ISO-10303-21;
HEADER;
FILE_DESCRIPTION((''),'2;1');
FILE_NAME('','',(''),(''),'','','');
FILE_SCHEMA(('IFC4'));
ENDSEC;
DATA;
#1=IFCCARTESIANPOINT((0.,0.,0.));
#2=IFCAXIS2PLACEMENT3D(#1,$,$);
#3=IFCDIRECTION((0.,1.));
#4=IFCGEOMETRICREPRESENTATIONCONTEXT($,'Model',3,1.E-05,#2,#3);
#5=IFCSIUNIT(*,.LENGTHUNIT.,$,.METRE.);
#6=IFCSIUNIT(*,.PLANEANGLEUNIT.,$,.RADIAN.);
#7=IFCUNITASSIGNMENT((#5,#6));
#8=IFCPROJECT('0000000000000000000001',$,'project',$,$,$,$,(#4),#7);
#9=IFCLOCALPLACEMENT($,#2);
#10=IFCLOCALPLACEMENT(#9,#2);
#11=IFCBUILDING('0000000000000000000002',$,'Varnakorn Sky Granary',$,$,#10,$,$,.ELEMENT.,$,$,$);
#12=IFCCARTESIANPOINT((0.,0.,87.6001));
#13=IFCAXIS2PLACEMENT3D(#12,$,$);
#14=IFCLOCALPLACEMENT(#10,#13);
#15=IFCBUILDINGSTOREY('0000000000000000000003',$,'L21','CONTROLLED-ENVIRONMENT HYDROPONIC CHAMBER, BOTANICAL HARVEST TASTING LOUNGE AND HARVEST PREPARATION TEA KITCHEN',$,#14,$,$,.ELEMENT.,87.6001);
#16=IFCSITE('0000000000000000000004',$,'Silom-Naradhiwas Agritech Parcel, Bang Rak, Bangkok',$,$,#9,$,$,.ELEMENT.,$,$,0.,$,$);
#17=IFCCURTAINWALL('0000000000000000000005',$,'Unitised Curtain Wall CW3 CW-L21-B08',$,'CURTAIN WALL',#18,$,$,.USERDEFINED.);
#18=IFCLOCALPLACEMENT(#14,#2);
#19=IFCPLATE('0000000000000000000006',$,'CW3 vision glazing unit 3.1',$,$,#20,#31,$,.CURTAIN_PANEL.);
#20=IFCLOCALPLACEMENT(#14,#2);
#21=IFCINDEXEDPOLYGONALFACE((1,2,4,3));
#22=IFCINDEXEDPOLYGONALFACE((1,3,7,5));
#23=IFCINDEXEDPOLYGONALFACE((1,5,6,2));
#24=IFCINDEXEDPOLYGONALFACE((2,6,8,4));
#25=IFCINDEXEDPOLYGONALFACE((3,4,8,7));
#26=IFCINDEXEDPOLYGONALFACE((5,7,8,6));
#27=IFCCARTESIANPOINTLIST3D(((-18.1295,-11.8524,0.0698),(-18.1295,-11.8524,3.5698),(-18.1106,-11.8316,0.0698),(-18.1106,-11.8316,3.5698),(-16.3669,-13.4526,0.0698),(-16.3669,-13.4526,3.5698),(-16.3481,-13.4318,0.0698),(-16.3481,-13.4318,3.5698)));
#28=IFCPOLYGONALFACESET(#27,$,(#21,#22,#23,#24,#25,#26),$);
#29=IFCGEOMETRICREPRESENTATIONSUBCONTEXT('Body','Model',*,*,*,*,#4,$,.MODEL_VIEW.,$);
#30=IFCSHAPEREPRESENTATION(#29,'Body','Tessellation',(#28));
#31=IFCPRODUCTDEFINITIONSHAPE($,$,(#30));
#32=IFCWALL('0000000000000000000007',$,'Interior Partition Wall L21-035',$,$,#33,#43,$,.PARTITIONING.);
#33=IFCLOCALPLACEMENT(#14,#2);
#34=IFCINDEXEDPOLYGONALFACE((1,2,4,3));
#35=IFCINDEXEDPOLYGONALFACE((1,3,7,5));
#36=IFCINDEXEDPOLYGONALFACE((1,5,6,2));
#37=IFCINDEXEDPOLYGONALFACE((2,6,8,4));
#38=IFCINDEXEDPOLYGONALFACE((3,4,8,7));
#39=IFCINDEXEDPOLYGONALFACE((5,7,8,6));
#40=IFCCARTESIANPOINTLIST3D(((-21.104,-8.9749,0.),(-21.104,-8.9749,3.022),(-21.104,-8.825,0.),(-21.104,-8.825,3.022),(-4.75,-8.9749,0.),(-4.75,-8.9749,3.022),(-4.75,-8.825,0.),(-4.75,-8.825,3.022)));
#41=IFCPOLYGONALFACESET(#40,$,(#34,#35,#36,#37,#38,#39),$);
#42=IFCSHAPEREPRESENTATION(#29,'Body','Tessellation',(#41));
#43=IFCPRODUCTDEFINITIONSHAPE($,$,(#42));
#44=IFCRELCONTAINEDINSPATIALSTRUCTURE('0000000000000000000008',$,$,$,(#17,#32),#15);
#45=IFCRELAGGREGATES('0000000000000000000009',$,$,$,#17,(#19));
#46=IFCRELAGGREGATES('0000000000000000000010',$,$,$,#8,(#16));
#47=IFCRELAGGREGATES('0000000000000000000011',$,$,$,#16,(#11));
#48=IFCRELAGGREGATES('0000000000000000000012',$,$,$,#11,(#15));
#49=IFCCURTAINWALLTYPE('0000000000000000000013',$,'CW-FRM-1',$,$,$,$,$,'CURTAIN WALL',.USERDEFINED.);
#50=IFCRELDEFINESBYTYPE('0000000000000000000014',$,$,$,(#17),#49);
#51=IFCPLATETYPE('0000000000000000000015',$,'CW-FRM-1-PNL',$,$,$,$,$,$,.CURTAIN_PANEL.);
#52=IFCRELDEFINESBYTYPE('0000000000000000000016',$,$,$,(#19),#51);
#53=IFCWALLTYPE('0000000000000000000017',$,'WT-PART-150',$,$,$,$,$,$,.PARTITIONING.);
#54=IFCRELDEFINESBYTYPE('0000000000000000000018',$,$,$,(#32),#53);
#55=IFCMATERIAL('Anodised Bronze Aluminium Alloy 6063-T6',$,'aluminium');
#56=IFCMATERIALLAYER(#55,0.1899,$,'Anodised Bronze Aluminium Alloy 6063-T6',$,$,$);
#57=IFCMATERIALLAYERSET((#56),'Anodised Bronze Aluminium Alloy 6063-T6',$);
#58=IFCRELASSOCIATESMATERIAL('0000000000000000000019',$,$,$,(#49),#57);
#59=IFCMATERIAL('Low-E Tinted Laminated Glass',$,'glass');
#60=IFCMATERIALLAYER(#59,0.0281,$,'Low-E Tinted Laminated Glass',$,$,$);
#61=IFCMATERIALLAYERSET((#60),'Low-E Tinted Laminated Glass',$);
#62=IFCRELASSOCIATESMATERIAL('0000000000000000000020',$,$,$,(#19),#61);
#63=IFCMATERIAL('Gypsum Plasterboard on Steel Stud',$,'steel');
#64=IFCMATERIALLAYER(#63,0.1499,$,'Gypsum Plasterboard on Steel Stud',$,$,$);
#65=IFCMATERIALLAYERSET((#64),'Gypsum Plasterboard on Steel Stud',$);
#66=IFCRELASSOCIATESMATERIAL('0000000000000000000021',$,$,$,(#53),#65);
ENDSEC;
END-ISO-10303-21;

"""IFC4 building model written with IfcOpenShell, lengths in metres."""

from ifc_helpers import new_model, si_unit, direction, frame, frame_2d, origin, origin_2d, place, context, subcontext, project, spatial, rectangle, extrude, source, transform, mapped, material, layer, layer_set, type_object, element, aggregate, save


model = new_model("IFC4")

# Units and contexts
model_context = context("Model", 3, precision=1e-05, world=origin(), true_north=direction((0.0, 1.0)))
body_context = subcontext(model_context, "Body", "Model", "MODEL_VIEW")
ifc_project = project(units=[si_unit("LENGTHUNIT", "METRE"), si_unit("PLANEANGLEUNIT", "RADIAN")], contexts=[model_context])

# Site, building, storey
site_placement = place(None, origin())
site = spatial("IfcSite", under=ifc_project, at=site_placement, Name="Silom-Naradhiwas Agritech Parcel, Bang Rak, Bangkok", CompositionType="ELEMENT", RefElevation=0.0)
building_placement = place(site_placement, origin())
building = spatial("IfcBuilding", under=site, at=building_placement, Name="Varnakorn Sky Granary", CompositionType="ELEMENT")
storey_placement = place(building_placement, frame((0.0, 0.0, 87.6001)))
storey = spatial("IfcBuildingStorey", under=building, at=storey_placement, Name="L21", Description="CONTROLLED-ENVIRONMENT HYDROPONIC CHAMBER, BOTANICAL HARVEST TASTING LOUNGE AND HARVEST PREPARATION TEA KITCHEN", CompositionType="ELEMENT", Elevation=87.6001)

# Curtain wall
ifc_material_1 = material(Name="Anodised Bronze Aluminium Alloy 6063-T6", Category="aluminium")
ifc_layer_1 = layer(ifc_material_1, 0.1899, Name="Anodised Bronze Aluminium Alloy 6063-T6")
ifc_layer_set_1 = layer_set([ifc_layer_1], Name="Anodised Bronze Aluminium Alloy 6063-T6")
curtain_wall_type = type_object("IfcCurtainWallType", Name="CW-FRM-1", ElementType="CURTAIN WALL", PredefinedType="USERDEFINED", material=ifc_layer_set_1)
curtain_wall_1_placement = place(storey_placement, origin())
curtain_wall_1 = element("IfcCurtainWall", 1, at=curtain_wall_1_placement, inside=storey, type_object=curtain_wall_type, Name="Unitised Curtain Wall CW3 CW-L21-B08", ObjectType="CURTAIN WALL", PredefinedType="USERDEFINED")

# Plate
ifc_material_2 = material(Name="Low-E Tinted Laminated Glass", Category="glass")
ifc_layer_2 = layer(ifc_material_2, 0.0281, Name="Low-E Tinted Laminated Glass")
ifc_layer_set_2 = layer_set([ifc_layer_2], Name="Low-E Tinted Laminated Glass")
plate_type = type_object("IfcPlateType", Name="CW-FRM-1-PNL", PredefinedType="CURTAIN_PANEL")
shared_shape_1 = source(origin(), body_context, "Body", "SweptSolid", [
    extrude(rectangle(XDim=2.3806, YDim=0.0281, at=origin_2d()), origin(), (0.0, 0.0, 1.0), 3.5),
])
plate_1_placement = place(storey_placement, frame((-17.2388, -12.6421, 0.0698), z_axis=(0.0, 0.0, 1.0), x_axis=(-0.740378, 0.67219, 0.0)))
plate_1 = element("IfcPlate", 2, at=plate_1_placement, type_object=plate_type, material=ifc_layer_set_2, Name="CW3 vision glazing unit 3.1", PredefinedType="CURTAIN_PANEL", context=body_context, shape_type="MappedRepresentation", body=[
    mapped(shared_shape_1, transform((0.0, 0.0, 0.0), x_axis=(1.0, 0.0, 0.0), y_axis=(0.0, 1.0, 0.0), z_axis=(0.0, 0.0, 1.0), scale=1.0)),
])
aggregate(curtain_wall_1, [plate_1])

# Wall
ifc_material_3 = material(Name="Gypsum Plasterboard on Steel Stud", Category="steel")
ifc_layer_3 = layer(ifc_material_3, 0.1499, Name="Gypsum Plasterboard on Steel Stud")
ifc_layer_set_3 = layer_set([ifc_layer_3], Name="Gypsum Plasterboard on Steel Stud")
wall_type = type_object("IfcWallType", Name="WT-PART-150", PredefinedType="PARTITIONING", material=ifc_layer_set_3)
wall_placement = place(storey_placement, frame((-21.104, -8.8999, 0.0), z_axis=(0.0, 0.0, 1.0), x_axis=(1.0, 0.0, 0.0)))
element("IfcWall", 3, at=wall_placement, inside=storey, type_object=wall_type, Name="Interior Partition Wall L21-035", PredefinedType="PARTITIONING", context=body_context, shape_type="SweptSolid", body=[
    extrude(rectangle(XDim=16.354, YDim=0.1499, at=frame_2d((8.177, 0.0))), origin(), (0.0, 0.0, 1.0), 3.022),
])

save(model, "model.ifc")
